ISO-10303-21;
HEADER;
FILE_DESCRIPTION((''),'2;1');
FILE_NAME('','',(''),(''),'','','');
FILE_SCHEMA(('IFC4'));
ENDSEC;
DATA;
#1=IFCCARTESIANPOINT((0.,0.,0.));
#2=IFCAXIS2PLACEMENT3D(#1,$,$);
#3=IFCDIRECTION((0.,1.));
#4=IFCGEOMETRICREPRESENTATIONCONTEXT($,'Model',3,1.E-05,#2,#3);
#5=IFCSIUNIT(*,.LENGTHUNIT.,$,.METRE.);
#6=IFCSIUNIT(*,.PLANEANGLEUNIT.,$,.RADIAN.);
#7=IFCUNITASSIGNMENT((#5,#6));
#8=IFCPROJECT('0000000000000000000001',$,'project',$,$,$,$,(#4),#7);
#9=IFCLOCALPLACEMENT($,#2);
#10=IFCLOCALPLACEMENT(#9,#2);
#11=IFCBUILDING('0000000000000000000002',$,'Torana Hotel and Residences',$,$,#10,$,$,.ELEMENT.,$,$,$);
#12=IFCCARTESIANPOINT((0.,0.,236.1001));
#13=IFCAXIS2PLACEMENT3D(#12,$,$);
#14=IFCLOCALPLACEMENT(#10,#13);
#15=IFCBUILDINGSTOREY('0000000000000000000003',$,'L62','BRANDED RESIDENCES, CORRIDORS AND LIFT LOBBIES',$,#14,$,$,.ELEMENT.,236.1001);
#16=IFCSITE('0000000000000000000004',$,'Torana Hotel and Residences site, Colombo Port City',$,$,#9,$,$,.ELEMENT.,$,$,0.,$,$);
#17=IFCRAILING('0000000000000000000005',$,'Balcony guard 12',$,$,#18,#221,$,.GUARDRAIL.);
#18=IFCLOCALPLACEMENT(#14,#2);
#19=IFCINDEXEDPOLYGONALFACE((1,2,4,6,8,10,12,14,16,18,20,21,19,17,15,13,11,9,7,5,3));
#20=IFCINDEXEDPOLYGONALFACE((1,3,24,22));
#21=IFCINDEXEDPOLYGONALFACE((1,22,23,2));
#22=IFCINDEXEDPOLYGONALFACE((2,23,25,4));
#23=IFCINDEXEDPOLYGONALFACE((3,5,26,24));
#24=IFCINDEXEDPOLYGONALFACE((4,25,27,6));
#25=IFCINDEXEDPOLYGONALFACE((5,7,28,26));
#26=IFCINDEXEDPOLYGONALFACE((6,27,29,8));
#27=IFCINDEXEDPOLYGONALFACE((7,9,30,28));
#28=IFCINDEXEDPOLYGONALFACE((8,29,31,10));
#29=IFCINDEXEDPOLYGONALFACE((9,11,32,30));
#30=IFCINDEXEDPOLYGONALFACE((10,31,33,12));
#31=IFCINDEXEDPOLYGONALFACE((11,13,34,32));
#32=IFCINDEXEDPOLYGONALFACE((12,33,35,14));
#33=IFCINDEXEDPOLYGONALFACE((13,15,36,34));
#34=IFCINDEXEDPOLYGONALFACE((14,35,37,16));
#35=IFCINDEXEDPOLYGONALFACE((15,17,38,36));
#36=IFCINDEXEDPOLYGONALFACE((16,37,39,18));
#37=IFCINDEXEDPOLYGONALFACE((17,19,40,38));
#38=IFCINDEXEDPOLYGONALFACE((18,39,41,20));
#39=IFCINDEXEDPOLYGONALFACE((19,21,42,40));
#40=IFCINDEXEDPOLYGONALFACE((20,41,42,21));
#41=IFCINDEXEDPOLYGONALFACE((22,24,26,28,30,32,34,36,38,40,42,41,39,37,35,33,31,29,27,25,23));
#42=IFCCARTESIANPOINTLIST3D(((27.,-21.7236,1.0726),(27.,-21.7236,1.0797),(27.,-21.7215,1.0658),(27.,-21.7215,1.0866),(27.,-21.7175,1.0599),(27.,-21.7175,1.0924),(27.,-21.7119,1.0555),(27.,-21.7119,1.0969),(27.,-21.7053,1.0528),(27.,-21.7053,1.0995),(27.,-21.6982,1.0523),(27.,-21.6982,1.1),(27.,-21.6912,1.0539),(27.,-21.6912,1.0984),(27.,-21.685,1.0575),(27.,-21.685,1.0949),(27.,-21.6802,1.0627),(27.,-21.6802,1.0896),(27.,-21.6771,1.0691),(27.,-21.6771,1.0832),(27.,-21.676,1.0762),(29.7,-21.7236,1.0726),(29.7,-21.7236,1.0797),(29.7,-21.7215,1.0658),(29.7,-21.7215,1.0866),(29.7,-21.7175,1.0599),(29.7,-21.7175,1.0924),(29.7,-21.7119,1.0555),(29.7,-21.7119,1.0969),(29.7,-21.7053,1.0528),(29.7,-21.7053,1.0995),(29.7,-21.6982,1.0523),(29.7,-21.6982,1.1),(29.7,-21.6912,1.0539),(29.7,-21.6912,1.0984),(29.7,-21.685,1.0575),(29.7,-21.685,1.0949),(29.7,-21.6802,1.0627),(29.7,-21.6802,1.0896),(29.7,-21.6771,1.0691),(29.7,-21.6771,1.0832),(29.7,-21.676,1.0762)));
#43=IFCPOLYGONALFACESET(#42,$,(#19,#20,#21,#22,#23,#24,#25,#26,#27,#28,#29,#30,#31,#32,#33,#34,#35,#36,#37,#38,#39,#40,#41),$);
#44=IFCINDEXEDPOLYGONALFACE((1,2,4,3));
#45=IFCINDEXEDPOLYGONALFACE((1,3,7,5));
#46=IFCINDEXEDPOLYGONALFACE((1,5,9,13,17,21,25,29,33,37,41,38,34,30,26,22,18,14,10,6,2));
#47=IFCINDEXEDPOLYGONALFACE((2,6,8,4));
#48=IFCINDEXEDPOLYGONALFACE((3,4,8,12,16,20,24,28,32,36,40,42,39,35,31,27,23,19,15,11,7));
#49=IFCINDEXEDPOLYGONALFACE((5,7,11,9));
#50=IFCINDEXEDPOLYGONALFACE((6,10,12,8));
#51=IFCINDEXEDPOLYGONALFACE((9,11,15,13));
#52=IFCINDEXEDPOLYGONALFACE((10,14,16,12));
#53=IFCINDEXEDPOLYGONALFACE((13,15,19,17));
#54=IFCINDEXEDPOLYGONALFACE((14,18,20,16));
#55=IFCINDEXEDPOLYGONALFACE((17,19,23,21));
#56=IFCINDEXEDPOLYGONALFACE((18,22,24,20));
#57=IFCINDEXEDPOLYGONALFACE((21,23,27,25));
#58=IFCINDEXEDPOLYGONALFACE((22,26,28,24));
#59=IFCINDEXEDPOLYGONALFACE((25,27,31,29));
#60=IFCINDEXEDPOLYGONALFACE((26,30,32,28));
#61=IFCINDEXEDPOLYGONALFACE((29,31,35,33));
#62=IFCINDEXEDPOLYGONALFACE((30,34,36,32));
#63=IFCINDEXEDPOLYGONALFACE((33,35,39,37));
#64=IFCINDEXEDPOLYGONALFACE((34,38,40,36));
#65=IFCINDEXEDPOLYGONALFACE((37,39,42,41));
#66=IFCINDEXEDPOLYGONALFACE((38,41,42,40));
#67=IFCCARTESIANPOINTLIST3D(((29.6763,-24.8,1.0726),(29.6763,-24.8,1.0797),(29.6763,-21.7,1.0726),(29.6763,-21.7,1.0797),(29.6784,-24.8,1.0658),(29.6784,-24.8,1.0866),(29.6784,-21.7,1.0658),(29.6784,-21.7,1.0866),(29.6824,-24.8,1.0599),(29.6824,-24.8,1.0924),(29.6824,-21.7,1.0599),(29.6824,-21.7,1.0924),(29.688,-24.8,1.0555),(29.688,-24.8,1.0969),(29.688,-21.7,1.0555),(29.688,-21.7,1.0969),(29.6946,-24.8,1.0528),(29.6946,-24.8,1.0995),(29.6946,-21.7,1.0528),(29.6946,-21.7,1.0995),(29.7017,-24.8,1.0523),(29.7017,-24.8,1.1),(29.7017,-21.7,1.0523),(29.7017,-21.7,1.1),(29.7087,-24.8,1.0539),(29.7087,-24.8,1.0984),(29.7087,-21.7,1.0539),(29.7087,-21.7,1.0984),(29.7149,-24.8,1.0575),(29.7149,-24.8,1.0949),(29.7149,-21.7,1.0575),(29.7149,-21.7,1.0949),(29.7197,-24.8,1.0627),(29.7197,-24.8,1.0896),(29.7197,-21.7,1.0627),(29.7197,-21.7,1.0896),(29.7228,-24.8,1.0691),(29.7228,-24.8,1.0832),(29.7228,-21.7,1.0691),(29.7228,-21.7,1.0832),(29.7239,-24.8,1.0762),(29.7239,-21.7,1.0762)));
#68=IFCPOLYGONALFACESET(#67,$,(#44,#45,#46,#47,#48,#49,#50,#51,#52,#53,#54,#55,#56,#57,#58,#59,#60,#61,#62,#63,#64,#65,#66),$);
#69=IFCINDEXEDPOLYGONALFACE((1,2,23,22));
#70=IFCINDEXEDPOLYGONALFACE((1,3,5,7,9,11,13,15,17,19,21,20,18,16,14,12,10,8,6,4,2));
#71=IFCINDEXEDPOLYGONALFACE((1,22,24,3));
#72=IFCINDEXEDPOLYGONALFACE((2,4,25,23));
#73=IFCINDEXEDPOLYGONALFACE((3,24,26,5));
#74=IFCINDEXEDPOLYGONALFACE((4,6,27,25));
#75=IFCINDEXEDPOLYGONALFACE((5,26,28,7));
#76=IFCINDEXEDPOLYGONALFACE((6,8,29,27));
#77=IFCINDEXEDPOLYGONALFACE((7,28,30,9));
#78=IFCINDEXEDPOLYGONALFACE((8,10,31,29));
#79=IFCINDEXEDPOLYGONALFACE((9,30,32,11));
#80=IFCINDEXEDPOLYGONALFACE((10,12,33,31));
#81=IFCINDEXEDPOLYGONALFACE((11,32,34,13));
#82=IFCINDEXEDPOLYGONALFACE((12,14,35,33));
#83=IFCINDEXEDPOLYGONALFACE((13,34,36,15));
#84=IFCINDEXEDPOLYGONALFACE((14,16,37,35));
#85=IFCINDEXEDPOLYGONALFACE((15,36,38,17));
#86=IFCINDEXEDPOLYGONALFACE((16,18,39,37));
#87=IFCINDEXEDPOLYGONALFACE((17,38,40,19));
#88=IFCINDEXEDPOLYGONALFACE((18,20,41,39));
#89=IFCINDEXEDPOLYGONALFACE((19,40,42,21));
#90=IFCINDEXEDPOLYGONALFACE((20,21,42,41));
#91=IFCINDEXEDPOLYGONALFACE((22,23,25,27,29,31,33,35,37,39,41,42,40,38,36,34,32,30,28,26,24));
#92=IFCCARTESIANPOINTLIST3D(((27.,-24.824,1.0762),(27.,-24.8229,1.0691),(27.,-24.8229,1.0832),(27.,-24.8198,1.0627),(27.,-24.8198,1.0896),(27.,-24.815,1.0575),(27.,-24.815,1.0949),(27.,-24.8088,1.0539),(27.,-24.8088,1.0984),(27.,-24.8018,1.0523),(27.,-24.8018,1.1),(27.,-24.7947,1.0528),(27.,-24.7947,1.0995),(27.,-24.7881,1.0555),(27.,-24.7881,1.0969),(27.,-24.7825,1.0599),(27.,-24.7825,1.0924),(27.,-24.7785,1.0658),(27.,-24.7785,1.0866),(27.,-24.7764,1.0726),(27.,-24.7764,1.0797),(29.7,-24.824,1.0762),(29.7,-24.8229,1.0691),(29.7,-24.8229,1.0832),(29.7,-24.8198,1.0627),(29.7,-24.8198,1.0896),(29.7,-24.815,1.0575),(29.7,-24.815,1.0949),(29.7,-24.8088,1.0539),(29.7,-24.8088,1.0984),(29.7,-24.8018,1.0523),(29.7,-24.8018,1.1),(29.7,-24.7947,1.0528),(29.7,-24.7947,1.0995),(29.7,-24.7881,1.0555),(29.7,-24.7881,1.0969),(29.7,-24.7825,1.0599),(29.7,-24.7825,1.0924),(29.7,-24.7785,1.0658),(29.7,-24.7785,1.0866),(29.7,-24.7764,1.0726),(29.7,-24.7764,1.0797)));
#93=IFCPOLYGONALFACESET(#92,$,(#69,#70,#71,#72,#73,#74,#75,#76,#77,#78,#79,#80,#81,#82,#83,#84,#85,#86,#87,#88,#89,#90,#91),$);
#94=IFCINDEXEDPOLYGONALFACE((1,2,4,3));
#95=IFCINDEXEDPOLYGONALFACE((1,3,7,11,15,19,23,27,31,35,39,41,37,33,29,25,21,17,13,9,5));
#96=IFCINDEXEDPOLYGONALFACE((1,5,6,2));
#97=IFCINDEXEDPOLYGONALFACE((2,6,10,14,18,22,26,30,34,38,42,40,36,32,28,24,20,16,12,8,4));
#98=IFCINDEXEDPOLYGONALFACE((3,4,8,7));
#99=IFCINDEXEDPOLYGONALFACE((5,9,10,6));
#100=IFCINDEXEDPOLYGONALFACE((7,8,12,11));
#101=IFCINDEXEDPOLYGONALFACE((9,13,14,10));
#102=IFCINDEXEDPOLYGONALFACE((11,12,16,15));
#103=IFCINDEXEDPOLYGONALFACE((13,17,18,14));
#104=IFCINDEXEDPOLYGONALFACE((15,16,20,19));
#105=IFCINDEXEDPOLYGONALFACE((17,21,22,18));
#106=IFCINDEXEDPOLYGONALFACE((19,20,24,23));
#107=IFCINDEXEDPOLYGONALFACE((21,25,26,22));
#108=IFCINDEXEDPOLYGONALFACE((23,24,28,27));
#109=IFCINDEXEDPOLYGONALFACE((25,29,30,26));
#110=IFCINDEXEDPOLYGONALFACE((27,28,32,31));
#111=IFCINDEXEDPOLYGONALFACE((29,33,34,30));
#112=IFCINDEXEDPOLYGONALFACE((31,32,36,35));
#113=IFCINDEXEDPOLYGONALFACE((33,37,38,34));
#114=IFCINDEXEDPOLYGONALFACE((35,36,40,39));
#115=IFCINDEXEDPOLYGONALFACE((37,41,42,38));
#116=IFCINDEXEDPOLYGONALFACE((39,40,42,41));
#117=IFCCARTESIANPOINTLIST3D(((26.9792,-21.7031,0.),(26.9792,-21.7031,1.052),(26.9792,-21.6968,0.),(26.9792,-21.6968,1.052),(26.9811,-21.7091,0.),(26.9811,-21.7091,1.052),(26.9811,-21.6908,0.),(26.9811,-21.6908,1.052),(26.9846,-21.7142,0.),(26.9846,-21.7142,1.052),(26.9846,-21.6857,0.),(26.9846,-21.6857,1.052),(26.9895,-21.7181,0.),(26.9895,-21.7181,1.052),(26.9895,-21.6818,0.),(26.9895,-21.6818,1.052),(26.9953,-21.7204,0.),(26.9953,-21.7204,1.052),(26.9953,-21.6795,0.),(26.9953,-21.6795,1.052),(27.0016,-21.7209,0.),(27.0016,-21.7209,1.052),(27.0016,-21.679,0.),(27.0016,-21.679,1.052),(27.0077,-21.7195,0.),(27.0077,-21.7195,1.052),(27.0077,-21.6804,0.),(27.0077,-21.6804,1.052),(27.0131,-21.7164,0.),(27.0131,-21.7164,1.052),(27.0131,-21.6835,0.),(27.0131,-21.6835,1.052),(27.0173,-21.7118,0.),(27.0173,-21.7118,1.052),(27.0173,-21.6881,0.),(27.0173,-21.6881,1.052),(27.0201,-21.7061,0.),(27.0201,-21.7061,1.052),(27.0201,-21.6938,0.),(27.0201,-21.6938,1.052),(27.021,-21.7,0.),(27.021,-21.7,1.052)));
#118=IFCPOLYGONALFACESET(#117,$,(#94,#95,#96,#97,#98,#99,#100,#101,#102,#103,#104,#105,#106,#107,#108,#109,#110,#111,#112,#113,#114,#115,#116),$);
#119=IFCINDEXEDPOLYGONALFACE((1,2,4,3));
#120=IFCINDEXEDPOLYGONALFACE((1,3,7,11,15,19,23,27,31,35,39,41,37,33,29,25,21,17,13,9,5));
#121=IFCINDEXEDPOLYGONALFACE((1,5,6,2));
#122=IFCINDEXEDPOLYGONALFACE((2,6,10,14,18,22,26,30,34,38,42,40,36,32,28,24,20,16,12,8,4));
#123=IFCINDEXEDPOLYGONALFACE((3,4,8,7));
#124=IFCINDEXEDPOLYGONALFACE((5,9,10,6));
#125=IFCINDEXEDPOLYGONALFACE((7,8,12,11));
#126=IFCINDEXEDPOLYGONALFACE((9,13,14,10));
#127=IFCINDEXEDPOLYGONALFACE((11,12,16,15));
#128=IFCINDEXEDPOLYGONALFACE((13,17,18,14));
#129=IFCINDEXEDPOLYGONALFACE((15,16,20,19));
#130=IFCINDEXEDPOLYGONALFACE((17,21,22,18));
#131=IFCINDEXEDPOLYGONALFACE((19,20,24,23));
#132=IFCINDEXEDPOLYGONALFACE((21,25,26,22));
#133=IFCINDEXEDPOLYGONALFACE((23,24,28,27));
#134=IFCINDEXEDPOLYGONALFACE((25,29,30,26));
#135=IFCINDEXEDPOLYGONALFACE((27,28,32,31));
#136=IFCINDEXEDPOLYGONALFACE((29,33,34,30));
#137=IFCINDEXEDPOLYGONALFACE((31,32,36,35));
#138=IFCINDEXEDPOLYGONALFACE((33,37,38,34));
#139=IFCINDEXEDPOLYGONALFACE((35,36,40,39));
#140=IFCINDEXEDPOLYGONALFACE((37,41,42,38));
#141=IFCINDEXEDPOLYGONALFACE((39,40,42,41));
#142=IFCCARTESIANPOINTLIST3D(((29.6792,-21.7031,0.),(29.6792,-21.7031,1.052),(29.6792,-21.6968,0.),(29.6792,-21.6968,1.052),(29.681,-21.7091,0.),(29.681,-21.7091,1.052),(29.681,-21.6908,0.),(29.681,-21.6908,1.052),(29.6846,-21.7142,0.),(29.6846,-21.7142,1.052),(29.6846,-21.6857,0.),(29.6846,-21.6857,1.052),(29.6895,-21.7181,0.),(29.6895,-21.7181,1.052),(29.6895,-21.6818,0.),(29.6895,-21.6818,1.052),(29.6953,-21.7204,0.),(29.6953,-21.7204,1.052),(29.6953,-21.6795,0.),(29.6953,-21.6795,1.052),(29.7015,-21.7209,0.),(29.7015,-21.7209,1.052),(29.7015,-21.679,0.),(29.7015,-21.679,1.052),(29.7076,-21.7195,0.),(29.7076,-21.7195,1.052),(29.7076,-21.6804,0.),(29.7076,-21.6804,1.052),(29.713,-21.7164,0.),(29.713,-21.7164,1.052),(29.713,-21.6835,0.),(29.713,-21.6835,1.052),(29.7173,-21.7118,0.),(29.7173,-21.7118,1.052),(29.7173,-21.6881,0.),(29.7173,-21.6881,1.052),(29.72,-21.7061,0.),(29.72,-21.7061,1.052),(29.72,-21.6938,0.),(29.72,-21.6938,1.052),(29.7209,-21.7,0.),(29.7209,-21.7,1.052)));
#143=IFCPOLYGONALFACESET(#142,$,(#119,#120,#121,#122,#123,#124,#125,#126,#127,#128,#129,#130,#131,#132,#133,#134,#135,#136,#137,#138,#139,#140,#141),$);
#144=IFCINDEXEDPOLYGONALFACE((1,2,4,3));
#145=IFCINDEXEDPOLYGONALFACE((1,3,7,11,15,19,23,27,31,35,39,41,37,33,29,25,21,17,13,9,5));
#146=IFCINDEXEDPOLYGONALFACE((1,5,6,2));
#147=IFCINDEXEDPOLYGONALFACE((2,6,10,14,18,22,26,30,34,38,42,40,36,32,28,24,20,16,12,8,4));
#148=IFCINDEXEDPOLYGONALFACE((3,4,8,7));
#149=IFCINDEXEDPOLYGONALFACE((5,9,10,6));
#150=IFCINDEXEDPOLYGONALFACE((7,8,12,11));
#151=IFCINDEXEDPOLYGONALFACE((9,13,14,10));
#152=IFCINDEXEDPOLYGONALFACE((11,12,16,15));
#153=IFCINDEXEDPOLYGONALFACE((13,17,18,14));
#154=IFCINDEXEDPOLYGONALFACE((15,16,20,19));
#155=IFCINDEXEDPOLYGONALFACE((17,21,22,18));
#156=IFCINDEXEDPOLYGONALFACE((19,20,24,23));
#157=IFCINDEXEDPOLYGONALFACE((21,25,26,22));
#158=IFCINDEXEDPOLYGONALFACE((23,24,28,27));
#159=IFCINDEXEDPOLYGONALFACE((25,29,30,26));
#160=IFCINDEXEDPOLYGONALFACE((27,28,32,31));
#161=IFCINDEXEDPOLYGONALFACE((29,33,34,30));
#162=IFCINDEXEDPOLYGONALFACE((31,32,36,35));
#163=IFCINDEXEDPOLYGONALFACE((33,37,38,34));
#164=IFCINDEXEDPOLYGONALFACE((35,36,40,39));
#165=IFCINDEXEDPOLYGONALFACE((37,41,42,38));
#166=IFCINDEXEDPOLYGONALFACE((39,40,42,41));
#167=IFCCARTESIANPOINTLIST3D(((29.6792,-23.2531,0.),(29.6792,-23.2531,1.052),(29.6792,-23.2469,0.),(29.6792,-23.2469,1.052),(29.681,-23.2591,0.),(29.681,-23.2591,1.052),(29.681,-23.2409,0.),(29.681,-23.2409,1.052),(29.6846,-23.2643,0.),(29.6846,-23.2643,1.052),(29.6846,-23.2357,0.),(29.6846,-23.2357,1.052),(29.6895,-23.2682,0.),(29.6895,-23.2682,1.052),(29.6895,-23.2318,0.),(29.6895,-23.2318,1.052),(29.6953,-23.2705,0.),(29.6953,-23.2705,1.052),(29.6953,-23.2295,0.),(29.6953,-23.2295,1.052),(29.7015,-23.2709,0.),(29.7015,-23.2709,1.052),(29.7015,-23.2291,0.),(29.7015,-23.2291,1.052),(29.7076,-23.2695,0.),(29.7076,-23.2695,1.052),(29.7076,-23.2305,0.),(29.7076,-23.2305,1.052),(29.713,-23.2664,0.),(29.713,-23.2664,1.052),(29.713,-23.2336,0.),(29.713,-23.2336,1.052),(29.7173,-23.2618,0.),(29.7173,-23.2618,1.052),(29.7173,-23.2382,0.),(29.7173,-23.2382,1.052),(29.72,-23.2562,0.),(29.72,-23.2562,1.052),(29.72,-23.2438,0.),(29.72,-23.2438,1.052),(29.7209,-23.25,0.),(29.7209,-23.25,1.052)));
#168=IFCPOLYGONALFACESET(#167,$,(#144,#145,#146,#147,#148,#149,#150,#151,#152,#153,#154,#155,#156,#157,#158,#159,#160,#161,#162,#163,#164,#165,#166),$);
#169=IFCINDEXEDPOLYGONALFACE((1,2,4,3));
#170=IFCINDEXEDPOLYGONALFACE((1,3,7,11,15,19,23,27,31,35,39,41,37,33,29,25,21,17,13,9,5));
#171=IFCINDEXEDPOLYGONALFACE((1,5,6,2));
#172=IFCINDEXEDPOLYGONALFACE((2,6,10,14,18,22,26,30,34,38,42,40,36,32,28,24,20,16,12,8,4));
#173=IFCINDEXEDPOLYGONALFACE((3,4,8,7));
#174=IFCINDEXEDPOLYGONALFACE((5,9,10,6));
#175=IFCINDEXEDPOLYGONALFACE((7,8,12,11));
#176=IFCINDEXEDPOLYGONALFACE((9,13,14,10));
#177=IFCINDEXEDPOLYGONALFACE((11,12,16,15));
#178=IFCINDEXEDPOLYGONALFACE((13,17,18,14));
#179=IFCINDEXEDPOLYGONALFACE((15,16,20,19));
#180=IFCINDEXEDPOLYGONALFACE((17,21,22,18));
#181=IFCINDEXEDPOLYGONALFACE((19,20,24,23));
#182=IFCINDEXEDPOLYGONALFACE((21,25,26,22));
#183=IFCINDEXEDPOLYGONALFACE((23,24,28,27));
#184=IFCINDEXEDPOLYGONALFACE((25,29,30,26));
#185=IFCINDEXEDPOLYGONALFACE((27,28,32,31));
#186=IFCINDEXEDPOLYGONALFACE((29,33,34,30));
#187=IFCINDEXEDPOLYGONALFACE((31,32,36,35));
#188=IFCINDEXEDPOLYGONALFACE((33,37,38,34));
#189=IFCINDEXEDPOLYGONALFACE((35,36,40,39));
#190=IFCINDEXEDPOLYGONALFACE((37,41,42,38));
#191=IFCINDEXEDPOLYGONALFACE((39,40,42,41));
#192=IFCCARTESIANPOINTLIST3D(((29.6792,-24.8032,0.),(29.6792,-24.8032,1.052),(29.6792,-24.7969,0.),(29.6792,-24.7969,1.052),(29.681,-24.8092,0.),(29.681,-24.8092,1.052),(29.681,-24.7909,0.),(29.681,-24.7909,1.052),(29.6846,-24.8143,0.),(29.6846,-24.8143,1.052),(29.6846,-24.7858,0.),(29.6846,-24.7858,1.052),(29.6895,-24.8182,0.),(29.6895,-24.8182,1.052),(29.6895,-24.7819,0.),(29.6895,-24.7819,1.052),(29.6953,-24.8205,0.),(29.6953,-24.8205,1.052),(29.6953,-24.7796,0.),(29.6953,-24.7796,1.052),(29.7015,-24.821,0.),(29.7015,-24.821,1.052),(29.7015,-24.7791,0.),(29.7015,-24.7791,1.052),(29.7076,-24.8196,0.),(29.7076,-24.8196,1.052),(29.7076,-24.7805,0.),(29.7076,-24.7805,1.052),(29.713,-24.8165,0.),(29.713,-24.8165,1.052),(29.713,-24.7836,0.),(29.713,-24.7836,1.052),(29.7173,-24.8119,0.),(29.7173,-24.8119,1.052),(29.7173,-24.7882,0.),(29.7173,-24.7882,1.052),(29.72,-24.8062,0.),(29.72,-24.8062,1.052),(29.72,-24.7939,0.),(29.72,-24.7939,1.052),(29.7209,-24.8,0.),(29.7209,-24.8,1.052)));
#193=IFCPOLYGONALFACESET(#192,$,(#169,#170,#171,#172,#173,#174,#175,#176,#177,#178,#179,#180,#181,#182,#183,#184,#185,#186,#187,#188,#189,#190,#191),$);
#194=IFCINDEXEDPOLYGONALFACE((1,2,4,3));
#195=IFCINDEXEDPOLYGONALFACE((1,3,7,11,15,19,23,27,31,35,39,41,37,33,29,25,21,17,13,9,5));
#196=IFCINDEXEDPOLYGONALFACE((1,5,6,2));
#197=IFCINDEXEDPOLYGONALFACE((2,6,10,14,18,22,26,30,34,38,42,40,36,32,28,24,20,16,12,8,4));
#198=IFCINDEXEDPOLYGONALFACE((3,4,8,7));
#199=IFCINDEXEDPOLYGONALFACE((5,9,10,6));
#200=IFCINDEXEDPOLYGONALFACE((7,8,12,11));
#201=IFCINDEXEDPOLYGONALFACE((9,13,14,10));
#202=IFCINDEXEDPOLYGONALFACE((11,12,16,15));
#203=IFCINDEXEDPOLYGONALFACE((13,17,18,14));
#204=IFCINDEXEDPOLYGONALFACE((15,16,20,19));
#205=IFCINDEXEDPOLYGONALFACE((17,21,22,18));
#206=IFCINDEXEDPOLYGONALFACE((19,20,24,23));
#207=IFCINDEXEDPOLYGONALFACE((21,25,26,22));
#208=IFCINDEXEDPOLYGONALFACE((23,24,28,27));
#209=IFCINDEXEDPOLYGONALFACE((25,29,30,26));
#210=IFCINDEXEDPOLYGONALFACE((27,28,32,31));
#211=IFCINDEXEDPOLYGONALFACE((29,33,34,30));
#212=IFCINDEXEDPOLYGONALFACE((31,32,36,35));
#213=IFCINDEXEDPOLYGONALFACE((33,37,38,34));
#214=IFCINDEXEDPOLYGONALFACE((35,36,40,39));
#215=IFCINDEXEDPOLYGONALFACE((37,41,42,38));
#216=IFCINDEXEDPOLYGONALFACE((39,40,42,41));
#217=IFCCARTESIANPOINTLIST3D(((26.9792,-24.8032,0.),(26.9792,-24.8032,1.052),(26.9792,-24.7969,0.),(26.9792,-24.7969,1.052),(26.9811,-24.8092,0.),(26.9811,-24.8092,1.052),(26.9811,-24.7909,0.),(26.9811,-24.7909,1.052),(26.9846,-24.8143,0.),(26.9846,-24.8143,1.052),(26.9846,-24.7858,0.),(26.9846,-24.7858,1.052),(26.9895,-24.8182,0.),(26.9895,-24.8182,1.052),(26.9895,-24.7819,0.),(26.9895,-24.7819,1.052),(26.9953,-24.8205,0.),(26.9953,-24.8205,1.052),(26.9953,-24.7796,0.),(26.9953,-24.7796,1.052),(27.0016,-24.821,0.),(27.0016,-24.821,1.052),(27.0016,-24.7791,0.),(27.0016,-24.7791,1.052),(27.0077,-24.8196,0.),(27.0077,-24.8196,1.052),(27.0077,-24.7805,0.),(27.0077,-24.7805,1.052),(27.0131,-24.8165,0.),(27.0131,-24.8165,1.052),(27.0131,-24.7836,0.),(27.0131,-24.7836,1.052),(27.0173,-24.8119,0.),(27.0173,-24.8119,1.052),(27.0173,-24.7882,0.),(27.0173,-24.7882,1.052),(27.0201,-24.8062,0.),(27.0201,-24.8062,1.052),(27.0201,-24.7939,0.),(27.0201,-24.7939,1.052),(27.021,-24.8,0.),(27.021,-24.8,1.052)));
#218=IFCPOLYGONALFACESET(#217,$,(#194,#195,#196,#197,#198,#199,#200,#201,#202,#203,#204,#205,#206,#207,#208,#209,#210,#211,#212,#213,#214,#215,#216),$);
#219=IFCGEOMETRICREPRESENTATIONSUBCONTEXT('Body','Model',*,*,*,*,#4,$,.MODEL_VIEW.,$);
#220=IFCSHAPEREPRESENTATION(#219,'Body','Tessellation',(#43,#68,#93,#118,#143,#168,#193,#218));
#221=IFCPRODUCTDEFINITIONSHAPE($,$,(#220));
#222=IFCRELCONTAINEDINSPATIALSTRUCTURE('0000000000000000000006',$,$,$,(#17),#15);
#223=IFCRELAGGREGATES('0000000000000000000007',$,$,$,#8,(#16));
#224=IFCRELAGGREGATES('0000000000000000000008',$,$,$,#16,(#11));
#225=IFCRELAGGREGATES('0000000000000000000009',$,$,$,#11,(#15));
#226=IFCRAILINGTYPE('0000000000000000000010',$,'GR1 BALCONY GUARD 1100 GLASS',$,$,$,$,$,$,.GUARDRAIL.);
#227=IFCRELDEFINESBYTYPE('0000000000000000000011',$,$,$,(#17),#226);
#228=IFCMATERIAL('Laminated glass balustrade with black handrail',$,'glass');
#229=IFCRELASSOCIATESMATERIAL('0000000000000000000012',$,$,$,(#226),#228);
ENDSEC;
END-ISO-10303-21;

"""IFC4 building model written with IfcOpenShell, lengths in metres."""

from ifc_helpers import new_model, si_unit, direction, frame, origin, origin_2d, place, context, subcontext, project, spatial, circle, extrude, material, type_object, element, save


model = new_model("IFC4")

# Units and contexts
model_context = context("Model", 3, precision=1e-05, world=origin(), true_north=direction((0.0, 1.0)))
body_context = subcontext(model_context, "Body", "Model", "MODEL_VIEW")
ifc_project = project(units=[si_unit("LENGTHUNIT", "METRE"), si_unit("PLANEANGLEUNIT", "RADIAN")], contexts=[model_context])

# Site, building, storey
site_placement = place(None, origin())
site = spatial("IfcSite", under=ifc_project, at=site_placement, Name="Torana Hotel and Residences site, Colombo Port City", CompositionType="ELEMENT", RefElevation=0.0)
building_placement = place(site_placement, origin())
building = spatial("IfcBuilding", under=site, at=building_placement, Name="Torana Hotel and Residences", CompositionType="ELEMENT")
storey_placement = place(building_placement, frame((0.0, 0.0, 236.1001)))
storey = spatial("IfcBuildingStorey", under=building, at=storey_placement, Name="L62", Description="BRANDED RESIDENCES, CORRIDORS AND LIFT LOBBIES", CompositionType="ELEMENT", Elevation=236.1001)

# Railing
ifc_material_1 = material(Name="Laminated glass balustrade with black handrail", Category="glass")
railing_type = type_object("IfcRailingType", Name="GR1 BALCONY GUARD 1100 GLASS", PredefinedType="GUARDRAIL", material=ifc_material_1)
railing_1_placement = place(storey_placement, frame((27.0, -21.7, 0.0)))
element("IfcRailing", 1, at=railing_1_placement, inside=storey, type_object=railing_type, Name="Balcony guard 12", PredefinedType="GUARDRAIL", context=body_context, shape_type="SweptSolid", body=[
    extrude(circle(Radius=0.0239, at=origin_2d()), frame((0.0, 0.0, 1.0762), z_axis=(1.0, 0.0, 0.0), x_axis=(0.0, 1.0, 0.0)), (0.0, 0.0, 1.0), 2.7),
    extrude(circle(Radius=0.0239, at=origin_2d()), frame((2.7, 0.0, 1.0762), z_axis=(0.0, -1.0, 0.0), x_axis=(1.0, 0.0, 0.0)), (0.0, 0.0, 1.0), 3.1001),
    extrude(circle(Radius=0.0239, at=origin_2d()), frame((2.7, -3.1001, 1.0762), z_axis=(-1.0, 0.0, 0.0), x_axis=(0.0, -1.0, 0.0)), (0.0, 0.0, 1.0), 2.7),
    extrude(circle(Radius=0.021, at=origin_2d()), origin(), (0.0, 0.0, 1.0), 1.052),
    extrude(circle(Radius=0.021, at=origin_2d()), frame((2.7, 0.0, 0.0)), (0.0, 0.0, 1.0), 1.052),
    extrude(circle(Radius=0.021, at=origin_2d()), frame((2.7, -1.55, 0.0)), (0.0, 0.0, 1.0), 1.052),
    extrude(circle(Radius=0.021, at=origin_2d()), frame((2.7, -3.1001, 0.0)), (0.0, 0.0, 1.0), 1.052),
    extrude(circle(Radius=0.021, at=origin_2d()), frame((0.0, -3.1001, 0.0)), (0.0, 0.0, 1.0), 1.052),
])

save(model, "model.ifc")
